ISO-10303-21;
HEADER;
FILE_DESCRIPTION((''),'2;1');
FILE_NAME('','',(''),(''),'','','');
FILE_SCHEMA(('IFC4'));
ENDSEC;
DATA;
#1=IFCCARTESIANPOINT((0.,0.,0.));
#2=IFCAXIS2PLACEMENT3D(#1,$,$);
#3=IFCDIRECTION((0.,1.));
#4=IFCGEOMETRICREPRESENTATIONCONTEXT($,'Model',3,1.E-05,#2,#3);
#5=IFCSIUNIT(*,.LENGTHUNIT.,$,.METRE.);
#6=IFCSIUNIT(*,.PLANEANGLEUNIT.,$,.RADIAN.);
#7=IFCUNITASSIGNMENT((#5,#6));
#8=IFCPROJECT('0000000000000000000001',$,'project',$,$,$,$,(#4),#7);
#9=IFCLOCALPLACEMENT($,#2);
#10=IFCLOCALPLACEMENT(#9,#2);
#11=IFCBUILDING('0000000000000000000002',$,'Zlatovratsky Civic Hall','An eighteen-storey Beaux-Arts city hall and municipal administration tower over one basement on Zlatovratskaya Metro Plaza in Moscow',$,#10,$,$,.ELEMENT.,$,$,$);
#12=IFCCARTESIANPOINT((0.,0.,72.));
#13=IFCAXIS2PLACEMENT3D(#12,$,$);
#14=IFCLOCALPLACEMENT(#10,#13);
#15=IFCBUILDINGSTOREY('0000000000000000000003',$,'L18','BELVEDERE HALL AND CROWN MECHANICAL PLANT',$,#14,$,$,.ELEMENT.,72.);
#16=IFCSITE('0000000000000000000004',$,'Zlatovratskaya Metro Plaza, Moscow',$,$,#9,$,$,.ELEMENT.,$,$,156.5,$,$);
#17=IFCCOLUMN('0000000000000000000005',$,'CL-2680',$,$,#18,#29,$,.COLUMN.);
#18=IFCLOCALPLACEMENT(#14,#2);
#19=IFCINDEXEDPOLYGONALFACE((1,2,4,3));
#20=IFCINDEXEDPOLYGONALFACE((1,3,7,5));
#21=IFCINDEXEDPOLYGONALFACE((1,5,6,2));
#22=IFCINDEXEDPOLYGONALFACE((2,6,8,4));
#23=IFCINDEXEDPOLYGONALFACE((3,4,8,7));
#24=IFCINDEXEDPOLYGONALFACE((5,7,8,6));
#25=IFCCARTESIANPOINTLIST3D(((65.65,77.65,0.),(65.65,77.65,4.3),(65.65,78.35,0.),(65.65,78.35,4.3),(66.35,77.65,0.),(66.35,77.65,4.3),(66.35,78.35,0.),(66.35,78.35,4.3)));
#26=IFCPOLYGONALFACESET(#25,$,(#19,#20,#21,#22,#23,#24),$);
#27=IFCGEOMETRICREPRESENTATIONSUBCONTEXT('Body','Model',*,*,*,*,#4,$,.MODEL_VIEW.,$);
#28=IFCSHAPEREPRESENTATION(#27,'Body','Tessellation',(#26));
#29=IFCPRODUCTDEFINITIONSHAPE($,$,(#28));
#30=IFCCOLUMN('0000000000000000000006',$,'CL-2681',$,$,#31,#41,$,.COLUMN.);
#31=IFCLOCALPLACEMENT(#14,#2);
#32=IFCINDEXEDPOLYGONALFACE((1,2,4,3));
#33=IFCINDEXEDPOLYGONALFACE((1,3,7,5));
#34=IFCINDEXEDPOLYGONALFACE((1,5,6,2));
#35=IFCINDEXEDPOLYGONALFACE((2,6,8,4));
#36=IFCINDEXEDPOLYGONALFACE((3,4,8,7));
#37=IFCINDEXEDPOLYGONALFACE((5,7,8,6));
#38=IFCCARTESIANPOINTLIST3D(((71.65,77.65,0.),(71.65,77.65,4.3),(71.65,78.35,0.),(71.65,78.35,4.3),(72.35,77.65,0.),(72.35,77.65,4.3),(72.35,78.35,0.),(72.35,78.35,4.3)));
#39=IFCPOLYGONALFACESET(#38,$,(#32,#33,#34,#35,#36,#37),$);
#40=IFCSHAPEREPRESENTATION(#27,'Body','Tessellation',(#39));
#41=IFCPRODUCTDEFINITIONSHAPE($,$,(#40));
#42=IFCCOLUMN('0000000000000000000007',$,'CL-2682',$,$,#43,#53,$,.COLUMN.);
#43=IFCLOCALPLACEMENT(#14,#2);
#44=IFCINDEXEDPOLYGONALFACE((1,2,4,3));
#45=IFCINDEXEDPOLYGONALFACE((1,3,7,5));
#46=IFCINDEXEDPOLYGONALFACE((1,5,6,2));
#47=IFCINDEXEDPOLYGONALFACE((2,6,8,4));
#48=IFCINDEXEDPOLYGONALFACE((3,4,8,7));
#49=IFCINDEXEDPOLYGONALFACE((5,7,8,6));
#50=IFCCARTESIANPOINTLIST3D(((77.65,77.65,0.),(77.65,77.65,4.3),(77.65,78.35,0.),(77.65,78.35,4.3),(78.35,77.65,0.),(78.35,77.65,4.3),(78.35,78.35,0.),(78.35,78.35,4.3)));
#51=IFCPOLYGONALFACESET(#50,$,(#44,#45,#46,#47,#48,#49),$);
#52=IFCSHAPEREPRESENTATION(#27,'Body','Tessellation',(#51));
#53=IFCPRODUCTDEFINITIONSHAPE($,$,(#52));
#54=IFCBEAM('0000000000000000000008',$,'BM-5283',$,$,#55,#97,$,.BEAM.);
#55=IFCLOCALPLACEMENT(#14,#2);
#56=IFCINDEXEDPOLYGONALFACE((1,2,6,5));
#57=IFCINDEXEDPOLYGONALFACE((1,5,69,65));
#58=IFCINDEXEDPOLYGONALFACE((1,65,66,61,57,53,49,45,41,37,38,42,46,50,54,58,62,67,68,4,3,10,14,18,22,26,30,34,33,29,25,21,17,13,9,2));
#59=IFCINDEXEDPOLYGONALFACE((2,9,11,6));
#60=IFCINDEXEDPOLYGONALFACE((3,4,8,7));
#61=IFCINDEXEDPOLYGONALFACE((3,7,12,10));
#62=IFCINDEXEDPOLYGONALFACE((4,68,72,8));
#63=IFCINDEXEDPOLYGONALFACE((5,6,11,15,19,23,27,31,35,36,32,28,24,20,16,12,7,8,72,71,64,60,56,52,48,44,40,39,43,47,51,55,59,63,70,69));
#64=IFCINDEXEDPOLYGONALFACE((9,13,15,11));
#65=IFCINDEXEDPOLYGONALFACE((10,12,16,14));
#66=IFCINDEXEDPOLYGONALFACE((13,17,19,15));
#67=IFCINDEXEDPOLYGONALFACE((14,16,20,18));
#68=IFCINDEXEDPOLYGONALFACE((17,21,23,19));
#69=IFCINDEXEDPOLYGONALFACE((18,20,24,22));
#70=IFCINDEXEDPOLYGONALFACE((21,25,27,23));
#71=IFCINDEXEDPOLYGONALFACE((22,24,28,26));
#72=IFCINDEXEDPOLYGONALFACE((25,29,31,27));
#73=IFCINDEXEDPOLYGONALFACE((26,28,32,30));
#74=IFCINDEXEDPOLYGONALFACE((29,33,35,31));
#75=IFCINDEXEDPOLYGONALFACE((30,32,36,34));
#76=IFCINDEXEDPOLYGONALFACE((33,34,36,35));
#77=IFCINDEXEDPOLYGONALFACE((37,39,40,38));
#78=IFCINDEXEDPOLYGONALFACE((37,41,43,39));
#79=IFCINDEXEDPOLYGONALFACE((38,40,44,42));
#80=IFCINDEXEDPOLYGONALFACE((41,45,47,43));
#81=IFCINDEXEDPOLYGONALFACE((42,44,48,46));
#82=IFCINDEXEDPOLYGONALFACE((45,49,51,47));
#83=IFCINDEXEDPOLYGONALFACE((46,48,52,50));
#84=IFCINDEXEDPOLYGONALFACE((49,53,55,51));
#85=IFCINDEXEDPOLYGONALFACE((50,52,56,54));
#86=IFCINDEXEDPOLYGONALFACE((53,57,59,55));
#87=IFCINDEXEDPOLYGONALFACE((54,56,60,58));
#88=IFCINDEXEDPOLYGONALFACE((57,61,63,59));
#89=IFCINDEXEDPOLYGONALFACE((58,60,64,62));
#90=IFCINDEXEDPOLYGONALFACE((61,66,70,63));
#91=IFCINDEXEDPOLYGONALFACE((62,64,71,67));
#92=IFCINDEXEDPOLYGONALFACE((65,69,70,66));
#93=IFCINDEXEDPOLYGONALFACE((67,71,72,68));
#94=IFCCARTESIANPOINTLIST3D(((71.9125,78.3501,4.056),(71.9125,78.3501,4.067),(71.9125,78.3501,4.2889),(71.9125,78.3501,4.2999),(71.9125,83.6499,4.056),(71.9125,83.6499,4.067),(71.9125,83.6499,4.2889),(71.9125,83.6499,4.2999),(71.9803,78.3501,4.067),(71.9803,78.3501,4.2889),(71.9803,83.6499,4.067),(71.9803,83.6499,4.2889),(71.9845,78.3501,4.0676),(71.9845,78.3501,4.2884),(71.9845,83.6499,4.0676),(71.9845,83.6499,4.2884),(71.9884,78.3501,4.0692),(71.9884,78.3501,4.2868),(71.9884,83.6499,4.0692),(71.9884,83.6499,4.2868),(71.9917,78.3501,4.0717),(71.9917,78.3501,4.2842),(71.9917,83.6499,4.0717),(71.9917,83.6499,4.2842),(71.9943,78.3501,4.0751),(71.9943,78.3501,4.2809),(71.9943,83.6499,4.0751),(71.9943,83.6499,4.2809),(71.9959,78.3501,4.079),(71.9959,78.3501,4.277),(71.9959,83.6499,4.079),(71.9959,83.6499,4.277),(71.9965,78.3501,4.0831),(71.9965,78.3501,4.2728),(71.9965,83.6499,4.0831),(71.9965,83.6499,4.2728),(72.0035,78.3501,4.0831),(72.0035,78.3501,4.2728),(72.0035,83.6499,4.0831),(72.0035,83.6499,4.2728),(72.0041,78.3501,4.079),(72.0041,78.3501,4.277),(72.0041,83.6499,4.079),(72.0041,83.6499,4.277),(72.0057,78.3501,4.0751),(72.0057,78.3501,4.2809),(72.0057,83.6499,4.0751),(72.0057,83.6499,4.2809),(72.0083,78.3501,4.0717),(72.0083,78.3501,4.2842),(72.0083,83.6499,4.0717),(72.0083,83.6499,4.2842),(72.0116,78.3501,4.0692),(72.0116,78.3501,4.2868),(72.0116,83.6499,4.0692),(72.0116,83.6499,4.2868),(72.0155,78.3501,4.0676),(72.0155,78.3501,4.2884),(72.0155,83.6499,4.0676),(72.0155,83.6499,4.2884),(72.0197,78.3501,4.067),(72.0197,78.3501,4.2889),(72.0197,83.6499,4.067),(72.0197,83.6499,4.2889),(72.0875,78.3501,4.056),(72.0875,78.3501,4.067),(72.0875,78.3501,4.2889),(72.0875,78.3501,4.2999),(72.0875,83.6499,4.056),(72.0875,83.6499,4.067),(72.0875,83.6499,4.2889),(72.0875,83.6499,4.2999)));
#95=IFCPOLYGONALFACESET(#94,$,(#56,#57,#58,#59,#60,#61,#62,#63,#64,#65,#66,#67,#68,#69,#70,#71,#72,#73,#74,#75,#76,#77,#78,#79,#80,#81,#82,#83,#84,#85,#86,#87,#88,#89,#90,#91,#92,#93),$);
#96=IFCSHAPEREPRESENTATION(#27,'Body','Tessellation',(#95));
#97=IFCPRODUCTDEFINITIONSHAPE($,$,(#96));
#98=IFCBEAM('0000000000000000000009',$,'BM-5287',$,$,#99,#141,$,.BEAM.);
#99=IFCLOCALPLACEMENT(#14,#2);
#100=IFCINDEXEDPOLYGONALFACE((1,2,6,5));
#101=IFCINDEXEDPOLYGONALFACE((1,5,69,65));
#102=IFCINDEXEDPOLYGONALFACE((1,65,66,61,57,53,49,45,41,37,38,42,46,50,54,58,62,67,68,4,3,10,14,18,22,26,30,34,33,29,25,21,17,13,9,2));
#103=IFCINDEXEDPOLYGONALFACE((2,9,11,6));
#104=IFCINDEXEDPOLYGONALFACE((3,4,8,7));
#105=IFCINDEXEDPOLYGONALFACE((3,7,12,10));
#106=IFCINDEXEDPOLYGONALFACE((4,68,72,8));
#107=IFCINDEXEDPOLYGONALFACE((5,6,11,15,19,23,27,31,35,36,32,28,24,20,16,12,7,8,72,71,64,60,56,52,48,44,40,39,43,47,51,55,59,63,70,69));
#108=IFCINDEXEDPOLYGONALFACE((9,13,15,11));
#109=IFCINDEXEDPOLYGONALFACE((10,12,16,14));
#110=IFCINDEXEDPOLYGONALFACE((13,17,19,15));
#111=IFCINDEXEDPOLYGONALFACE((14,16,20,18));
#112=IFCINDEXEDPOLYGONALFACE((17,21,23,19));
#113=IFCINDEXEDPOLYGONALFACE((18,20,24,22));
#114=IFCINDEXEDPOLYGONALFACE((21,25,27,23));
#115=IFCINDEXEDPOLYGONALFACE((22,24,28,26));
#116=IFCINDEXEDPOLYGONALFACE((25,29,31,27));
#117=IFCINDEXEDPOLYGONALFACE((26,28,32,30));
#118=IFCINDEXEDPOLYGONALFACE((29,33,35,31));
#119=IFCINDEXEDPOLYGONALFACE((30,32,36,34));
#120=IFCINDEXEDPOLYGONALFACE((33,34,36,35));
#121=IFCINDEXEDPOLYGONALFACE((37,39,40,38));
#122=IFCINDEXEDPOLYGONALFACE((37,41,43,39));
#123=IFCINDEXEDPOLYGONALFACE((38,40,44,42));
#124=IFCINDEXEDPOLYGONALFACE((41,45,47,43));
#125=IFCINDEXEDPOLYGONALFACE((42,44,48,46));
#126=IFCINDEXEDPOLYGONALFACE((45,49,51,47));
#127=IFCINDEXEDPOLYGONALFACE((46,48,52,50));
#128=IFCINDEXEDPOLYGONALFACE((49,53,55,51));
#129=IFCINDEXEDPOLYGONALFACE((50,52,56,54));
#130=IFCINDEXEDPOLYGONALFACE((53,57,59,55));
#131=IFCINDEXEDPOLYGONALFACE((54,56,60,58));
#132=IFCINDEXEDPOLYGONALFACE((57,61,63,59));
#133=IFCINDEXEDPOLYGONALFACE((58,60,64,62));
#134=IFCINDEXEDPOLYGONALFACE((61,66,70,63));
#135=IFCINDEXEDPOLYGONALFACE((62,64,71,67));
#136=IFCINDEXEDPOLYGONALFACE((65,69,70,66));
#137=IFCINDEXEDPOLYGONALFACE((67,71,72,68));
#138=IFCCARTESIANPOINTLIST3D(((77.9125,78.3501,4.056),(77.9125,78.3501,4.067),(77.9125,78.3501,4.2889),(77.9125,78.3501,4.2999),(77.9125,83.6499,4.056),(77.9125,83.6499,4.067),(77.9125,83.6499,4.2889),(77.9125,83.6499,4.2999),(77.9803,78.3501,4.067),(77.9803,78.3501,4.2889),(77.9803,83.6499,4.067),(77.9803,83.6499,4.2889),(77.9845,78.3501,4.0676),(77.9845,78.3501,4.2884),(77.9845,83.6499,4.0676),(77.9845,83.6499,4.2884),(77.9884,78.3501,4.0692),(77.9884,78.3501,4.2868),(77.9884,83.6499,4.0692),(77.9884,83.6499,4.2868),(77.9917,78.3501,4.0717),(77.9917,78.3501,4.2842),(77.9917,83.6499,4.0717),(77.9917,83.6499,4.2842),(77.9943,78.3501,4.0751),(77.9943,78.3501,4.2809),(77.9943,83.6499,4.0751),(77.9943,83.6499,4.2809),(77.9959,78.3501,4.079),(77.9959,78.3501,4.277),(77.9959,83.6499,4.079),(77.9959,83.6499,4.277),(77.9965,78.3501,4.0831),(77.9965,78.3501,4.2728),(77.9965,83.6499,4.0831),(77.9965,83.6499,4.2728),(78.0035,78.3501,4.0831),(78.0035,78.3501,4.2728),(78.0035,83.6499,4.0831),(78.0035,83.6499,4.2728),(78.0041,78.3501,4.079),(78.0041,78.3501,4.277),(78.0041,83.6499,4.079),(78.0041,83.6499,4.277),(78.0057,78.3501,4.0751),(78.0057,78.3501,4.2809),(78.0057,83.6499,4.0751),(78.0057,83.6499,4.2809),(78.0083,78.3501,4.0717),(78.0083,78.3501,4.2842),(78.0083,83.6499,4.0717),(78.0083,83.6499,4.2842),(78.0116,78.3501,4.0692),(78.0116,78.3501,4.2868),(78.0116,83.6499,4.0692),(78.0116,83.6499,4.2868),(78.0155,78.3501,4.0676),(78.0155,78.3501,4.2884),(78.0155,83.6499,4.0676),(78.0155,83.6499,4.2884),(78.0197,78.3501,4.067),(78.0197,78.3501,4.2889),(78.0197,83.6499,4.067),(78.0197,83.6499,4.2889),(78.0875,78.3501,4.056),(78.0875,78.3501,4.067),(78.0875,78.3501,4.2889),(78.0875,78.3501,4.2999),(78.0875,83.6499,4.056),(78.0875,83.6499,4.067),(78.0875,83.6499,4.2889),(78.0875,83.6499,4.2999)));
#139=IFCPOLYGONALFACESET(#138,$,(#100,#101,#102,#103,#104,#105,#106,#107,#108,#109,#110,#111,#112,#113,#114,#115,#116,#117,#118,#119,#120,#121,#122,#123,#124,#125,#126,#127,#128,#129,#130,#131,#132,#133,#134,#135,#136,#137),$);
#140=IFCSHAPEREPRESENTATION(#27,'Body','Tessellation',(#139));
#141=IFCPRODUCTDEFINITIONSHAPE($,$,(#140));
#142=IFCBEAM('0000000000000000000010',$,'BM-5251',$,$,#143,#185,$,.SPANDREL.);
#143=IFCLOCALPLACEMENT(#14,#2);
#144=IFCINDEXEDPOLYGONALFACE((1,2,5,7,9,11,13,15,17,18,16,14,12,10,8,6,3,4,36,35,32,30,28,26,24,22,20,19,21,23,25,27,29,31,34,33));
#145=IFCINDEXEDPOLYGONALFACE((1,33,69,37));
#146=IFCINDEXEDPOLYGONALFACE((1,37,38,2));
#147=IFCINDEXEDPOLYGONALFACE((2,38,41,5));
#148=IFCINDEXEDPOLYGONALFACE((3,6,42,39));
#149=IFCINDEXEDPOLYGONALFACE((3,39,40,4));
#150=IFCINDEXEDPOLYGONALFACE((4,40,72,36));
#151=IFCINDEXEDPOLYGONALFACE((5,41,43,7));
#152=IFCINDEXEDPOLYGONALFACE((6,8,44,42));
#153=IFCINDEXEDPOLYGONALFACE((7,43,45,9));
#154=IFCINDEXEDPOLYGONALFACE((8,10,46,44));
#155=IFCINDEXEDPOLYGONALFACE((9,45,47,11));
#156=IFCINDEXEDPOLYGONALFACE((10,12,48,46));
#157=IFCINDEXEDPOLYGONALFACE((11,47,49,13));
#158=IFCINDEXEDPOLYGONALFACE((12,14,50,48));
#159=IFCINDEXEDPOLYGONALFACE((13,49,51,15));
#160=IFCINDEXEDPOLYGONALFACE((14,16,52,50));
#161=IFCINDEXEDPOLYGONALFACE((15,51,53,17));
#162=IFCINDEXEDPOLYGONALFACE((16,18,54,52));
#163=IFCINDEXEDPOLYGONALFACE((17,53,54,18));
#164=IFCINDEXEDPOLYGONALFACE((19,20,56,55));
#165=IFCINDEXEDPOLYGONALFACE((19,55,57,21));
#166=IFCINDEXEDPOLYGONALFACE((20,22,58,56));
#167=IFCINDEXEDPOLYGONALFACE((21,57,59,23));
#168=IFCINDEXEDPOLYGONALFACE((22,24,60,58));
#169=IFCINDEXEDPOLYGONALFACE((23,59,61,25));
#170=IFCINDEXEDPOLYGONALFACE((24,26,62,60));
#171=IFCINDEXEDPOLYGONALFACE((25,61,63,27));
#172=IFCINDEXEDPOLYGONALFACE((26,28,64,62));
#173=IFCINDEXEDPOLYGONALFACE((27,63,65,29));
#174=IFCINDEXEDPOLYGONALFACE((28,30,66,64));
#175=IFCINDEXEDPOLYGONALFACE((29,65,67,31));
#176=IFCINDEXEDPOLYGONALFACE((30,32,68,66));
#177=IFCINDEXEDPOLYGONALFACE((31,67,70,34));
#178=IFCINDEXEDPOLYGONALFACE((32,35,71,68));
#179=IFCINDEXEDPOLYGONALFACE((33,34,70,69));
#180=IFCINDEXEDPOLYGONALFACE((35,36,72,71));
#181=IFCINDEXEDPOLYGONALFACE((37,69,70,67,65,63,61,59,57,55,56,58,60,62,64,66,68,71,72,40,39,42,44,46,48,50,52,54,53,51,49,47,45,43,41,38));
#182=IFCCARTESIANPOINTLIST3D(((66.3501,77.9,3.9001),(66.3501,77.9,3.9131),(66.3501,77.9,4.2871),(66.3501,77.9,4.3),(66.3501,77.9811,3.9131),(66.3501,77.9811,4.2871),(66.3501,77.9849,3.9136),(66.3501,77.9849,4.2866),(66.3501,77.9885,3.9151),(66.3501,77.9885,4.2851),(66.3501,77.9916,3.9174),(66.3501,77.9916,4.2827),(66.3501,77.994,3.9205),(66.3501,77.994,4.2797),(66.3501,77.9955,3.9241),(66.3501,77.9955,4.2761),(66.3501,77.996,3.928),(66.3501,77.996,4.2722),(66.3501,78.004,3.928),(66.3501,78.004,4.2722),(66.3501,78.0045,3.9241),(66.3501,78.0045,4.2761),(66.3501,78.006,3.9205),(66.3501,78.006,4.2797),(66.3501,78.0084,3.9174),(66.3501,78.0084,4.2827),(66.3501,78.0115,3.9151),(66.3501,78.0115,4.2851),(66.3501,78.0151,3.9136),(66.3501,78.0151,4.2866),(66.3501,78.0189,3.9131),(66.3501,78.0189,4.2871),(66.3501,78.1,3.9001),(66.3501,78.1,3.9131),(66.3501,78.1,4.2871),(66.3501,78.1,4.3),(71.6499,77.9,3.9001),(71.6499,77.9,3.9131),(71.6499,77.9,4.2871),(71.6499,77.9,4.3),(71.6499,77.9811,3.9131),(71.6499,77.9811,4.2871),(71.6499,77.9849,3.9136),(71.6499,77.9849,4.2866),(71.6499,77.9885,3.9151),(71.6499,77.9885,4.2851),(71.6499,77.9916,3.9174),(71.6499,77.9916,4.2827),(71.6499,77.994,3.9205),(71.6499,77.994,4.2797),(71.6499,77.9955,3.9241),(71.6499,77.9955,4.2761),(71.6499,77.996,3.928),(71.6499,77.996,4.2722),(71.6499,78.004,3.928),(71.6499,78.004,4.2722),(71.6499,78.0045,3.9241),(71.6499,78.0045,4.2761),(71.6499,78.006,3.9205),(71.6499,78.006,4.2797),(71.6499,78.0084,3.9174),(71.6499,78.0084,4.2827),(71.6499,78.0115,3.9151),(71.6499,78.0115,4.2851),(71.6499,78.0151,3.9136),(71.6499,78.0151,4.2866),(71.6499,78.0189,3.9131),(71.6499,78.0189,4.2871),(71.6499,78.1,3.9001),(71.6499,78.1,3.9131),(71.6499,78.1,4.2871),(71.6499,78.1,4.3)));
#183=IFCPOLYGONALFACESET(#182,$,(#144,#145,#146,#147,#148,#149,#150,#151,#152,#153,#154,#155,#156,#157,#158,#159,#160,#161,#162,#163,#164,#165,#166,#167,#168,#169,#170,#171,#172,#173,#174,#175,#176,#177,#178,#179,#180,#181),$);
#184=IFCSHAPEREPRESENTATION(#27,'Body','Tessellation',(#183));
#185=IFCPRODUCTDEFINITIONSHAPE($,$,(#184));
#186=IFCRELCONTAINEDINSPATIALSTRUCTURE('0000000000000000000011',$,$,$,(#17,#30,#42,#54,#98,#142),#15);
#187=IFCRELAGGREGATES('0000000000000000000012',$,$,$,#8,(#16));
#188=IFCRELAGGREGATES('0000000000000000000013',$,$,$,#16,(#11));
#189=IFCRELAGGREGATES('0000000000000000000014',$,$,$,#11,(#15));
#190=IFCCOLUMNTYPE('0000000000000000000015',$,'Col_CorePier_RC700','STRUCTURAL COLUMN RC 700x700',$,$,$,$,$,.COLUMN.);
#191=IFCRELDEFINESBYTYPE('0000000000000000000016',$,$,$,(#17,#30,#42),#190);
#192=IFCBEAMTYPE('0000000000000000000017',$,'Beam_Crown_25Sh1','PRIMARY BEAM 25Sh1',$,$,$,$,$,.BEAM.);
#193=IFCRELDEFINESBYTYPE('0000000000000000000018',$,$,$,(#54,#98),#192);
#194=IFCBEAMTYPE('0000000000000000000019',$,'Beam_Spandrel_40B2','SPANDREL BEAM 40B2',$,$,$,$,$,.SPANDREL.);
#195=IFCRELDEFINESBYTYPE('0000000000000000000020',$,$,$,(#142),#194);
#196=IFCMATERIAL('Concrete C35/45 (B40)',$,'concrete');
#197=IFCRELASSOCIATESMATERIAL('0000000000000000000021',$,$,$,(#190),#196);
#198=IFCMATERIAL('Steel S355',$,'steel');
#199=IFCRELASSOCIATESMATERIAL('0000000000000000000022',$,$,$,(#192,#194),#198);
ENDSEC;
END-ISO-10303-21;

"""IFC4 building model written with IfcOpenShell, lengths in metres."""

from ifc_helpers import new_model, si_unit, direction, frame, origin, origin_2d, place, context, subcontext, project, spatial, rectangle, i_section, extrude, material, material_profile, profile_set, type_object, element, save


model = new_model("IFC4")

# Units and contexts
model_context = context("Model", 3, precision=1e-05, world=origin(), true_north=direction((0.0, 1.0)))
body_context = subcontext(model_context, "Body", "Model", "MODEL_VIEW")
ifc_project = project(units=[si_unit("LENGTHUNIT", "METRE"), si_unit("PLANEANGLEUNIT", "RADIAN")], contexts=[model_context])

# Site, building, storey
site_placement = place(None, origin())
site = spatial("IfcSite", under=ifc_project, at=site_placement, Name="Zlatovratskaya Metro Plaza, Moscow", CompositionType="ELEMENT", RefElevation=156.5)
building_placement = place(site_placement, origin())
building = spatial("IfcBuilding", under=site, at=building_placement, Name="Zlatovratsky Civic Hall", Description="An eighteen-storey Beaux-Arts city hall and municipal administration tower over one basement on Zlatovratskaya Metro Plaza in Moscow", CompositionType="ELEMENT")
storey_placement = place(building_placement, frame((0.0, 0.0, 72.0)))
storey = spatial("IfcBuildingStorey", under=building, at=storey_placement, Name="L18", Description="BELVEDERE HALL AND CROWN MECHANICAL PLANT", CompositionType="ELEMENT", Elevation=72.0)

# Columns
ifc_material_1 = material(Name="Concrete C35/45 (B40)", Category="concrete")
ifc_material_profile_1 = material_profile(ifc_material_1, rectangle(XDim=0.7, YDim=0.7, at=origin_2d()), Name="RC 700x700")
ifc_profile_set_1 = profile_set([ifc_material_profile_1], Name="Concrete C35/45 (B40)")
column_type = type_object("IfcColumnType", Name="Col_CorePier_RC700", Description="STRUCTURAL COLUMN RC 700x700", PredefinedType="COLUMN", material=ifc_profile_set_1)
for number, where, z_axis, x_axis, name in (
    (1, (66.0, 78.0, 0.0), (0.0, 0.0, 1.0), (1.0, 0.0, 0.0), "CL-2680"),
    (2, (72.0, 78.0, 0.0), (0.0, 0.0, 1.0), (1.0, 0.0, 0.0), "CL-2681"),
    (3, (78.0, 78.0, 0.0), (0.0, 0.0, 1.0), (1.0, 0.0, 0.0), "CL-2682"),
):
    element("IfcColumn", number, at=place(storey_placement, frame(where, z_axis=z_axis, x_axis=x_axis)), inside=storey, type_object=column_type, Name=name, PredefinedType="COLUMN", context=body_context, shape_type="SweptSolid", body=[
        extrude(rectangle(XDim=0.7, YDim=0.7, at=origin_2d()), origin(), (0.0, 0.0, 1.0), 4.3),
    ])

# Beams
ifc_material_2 = material(Name="Steel S355", Category="steel")
ifc_material_profile_2 = material_profile(ifc_material_2, i_section(OverallWidth=0.175, OverallDepth=0.2439, WebThickness=0.0071, FlangeThickness=0.011, FilletRadius=0.0161, at=origin_2d()), Name="25Sh1")
ifc_profile_set_2 = profile_set([ifc_material_profile_2], Name="Steel S355")
beam_type_1 = type_object("IfcBeamType", Name="Beam_Crown_25Sh1", Description="PRIMARY BEAM 25Sh1", PredefinedType="BEAM", material=ifc_profile_set_2)
for number, where, z_axis, x_axis, name in (
    (4, (72.0, 78.3501, 4.178), (0.0, 1.0, 0.0), (-1.0, 0.0, 0.0), "BM-5283"),
    (5, (78.0, 78.3501, 4.178), (0.0, 1.0, 0.0), (-1.0, 0.0, 0.0), "BM-5287"),
):
    element("IfcBeam", number, at=place(storey_placement, frame(where, z_axis=z_axis, x_axis=x_axis)), inside=storey, type_object=beam_type_1, Name=name, PredefinedType="BEAM", context=body_context, shape_type="SweptSolid", body=[
        extrude(i_section(OverallWidth=0.175, OverallDepth=0.2439, WebThickness=0.0071, FlangeThickness=0.011, FilletRadius=0.0161, at=origin_2d()), origin(), (0.0, 0.0, 1.0), 5.2998),
    ])
ifc_material_profile_3 = material_profile(ifc_material_2, i_section(OverallWidth=0.2, OverallDepth=0.3999, WebThickness=0.0081, FlangeThickness=0.0129, FilletRadius=0.0149, at=origin_2d()), Name="40B2")
ifc_profile_set_3 = profile_set([ifc_material_profile_3], Name="Steel S355")
beam_type_2 = type_object("IfcBeamType", Name="Beam_Spandrel_40B2", Description="SPANDREL BEAM 40B2", PredefinedType="SPANDREL", material=ifc_profile_set_3)
for number, where, z_axis, x_axis, name in (
    (6, (66.3501, 78.0, 4.1001), (1.0, 0.0, 0.0), (0.0, 1.0, 0.0), "BM-5251"),
):
    element("IfcBeam", number, at=place(storey_placement, frame(where, z_axis=z_axis, x_axis=x_axis)), inside=storey, type_object=beam_type_2, Name=name, PredefinedType="SPANDREL", context=body_context, shape_type="SweptSolid", body=[
        extrude(i_section(OverallWidth=0.2, OverallDepth=0.3999, WebThickness=0.0081, FlangeThickness=0.0129, FilletRadius=0.0149, at=origin_2d()), origin(), (0.0, 0.0, 1.0), 5.2998),
    ])

save(model, "model.ifc")
